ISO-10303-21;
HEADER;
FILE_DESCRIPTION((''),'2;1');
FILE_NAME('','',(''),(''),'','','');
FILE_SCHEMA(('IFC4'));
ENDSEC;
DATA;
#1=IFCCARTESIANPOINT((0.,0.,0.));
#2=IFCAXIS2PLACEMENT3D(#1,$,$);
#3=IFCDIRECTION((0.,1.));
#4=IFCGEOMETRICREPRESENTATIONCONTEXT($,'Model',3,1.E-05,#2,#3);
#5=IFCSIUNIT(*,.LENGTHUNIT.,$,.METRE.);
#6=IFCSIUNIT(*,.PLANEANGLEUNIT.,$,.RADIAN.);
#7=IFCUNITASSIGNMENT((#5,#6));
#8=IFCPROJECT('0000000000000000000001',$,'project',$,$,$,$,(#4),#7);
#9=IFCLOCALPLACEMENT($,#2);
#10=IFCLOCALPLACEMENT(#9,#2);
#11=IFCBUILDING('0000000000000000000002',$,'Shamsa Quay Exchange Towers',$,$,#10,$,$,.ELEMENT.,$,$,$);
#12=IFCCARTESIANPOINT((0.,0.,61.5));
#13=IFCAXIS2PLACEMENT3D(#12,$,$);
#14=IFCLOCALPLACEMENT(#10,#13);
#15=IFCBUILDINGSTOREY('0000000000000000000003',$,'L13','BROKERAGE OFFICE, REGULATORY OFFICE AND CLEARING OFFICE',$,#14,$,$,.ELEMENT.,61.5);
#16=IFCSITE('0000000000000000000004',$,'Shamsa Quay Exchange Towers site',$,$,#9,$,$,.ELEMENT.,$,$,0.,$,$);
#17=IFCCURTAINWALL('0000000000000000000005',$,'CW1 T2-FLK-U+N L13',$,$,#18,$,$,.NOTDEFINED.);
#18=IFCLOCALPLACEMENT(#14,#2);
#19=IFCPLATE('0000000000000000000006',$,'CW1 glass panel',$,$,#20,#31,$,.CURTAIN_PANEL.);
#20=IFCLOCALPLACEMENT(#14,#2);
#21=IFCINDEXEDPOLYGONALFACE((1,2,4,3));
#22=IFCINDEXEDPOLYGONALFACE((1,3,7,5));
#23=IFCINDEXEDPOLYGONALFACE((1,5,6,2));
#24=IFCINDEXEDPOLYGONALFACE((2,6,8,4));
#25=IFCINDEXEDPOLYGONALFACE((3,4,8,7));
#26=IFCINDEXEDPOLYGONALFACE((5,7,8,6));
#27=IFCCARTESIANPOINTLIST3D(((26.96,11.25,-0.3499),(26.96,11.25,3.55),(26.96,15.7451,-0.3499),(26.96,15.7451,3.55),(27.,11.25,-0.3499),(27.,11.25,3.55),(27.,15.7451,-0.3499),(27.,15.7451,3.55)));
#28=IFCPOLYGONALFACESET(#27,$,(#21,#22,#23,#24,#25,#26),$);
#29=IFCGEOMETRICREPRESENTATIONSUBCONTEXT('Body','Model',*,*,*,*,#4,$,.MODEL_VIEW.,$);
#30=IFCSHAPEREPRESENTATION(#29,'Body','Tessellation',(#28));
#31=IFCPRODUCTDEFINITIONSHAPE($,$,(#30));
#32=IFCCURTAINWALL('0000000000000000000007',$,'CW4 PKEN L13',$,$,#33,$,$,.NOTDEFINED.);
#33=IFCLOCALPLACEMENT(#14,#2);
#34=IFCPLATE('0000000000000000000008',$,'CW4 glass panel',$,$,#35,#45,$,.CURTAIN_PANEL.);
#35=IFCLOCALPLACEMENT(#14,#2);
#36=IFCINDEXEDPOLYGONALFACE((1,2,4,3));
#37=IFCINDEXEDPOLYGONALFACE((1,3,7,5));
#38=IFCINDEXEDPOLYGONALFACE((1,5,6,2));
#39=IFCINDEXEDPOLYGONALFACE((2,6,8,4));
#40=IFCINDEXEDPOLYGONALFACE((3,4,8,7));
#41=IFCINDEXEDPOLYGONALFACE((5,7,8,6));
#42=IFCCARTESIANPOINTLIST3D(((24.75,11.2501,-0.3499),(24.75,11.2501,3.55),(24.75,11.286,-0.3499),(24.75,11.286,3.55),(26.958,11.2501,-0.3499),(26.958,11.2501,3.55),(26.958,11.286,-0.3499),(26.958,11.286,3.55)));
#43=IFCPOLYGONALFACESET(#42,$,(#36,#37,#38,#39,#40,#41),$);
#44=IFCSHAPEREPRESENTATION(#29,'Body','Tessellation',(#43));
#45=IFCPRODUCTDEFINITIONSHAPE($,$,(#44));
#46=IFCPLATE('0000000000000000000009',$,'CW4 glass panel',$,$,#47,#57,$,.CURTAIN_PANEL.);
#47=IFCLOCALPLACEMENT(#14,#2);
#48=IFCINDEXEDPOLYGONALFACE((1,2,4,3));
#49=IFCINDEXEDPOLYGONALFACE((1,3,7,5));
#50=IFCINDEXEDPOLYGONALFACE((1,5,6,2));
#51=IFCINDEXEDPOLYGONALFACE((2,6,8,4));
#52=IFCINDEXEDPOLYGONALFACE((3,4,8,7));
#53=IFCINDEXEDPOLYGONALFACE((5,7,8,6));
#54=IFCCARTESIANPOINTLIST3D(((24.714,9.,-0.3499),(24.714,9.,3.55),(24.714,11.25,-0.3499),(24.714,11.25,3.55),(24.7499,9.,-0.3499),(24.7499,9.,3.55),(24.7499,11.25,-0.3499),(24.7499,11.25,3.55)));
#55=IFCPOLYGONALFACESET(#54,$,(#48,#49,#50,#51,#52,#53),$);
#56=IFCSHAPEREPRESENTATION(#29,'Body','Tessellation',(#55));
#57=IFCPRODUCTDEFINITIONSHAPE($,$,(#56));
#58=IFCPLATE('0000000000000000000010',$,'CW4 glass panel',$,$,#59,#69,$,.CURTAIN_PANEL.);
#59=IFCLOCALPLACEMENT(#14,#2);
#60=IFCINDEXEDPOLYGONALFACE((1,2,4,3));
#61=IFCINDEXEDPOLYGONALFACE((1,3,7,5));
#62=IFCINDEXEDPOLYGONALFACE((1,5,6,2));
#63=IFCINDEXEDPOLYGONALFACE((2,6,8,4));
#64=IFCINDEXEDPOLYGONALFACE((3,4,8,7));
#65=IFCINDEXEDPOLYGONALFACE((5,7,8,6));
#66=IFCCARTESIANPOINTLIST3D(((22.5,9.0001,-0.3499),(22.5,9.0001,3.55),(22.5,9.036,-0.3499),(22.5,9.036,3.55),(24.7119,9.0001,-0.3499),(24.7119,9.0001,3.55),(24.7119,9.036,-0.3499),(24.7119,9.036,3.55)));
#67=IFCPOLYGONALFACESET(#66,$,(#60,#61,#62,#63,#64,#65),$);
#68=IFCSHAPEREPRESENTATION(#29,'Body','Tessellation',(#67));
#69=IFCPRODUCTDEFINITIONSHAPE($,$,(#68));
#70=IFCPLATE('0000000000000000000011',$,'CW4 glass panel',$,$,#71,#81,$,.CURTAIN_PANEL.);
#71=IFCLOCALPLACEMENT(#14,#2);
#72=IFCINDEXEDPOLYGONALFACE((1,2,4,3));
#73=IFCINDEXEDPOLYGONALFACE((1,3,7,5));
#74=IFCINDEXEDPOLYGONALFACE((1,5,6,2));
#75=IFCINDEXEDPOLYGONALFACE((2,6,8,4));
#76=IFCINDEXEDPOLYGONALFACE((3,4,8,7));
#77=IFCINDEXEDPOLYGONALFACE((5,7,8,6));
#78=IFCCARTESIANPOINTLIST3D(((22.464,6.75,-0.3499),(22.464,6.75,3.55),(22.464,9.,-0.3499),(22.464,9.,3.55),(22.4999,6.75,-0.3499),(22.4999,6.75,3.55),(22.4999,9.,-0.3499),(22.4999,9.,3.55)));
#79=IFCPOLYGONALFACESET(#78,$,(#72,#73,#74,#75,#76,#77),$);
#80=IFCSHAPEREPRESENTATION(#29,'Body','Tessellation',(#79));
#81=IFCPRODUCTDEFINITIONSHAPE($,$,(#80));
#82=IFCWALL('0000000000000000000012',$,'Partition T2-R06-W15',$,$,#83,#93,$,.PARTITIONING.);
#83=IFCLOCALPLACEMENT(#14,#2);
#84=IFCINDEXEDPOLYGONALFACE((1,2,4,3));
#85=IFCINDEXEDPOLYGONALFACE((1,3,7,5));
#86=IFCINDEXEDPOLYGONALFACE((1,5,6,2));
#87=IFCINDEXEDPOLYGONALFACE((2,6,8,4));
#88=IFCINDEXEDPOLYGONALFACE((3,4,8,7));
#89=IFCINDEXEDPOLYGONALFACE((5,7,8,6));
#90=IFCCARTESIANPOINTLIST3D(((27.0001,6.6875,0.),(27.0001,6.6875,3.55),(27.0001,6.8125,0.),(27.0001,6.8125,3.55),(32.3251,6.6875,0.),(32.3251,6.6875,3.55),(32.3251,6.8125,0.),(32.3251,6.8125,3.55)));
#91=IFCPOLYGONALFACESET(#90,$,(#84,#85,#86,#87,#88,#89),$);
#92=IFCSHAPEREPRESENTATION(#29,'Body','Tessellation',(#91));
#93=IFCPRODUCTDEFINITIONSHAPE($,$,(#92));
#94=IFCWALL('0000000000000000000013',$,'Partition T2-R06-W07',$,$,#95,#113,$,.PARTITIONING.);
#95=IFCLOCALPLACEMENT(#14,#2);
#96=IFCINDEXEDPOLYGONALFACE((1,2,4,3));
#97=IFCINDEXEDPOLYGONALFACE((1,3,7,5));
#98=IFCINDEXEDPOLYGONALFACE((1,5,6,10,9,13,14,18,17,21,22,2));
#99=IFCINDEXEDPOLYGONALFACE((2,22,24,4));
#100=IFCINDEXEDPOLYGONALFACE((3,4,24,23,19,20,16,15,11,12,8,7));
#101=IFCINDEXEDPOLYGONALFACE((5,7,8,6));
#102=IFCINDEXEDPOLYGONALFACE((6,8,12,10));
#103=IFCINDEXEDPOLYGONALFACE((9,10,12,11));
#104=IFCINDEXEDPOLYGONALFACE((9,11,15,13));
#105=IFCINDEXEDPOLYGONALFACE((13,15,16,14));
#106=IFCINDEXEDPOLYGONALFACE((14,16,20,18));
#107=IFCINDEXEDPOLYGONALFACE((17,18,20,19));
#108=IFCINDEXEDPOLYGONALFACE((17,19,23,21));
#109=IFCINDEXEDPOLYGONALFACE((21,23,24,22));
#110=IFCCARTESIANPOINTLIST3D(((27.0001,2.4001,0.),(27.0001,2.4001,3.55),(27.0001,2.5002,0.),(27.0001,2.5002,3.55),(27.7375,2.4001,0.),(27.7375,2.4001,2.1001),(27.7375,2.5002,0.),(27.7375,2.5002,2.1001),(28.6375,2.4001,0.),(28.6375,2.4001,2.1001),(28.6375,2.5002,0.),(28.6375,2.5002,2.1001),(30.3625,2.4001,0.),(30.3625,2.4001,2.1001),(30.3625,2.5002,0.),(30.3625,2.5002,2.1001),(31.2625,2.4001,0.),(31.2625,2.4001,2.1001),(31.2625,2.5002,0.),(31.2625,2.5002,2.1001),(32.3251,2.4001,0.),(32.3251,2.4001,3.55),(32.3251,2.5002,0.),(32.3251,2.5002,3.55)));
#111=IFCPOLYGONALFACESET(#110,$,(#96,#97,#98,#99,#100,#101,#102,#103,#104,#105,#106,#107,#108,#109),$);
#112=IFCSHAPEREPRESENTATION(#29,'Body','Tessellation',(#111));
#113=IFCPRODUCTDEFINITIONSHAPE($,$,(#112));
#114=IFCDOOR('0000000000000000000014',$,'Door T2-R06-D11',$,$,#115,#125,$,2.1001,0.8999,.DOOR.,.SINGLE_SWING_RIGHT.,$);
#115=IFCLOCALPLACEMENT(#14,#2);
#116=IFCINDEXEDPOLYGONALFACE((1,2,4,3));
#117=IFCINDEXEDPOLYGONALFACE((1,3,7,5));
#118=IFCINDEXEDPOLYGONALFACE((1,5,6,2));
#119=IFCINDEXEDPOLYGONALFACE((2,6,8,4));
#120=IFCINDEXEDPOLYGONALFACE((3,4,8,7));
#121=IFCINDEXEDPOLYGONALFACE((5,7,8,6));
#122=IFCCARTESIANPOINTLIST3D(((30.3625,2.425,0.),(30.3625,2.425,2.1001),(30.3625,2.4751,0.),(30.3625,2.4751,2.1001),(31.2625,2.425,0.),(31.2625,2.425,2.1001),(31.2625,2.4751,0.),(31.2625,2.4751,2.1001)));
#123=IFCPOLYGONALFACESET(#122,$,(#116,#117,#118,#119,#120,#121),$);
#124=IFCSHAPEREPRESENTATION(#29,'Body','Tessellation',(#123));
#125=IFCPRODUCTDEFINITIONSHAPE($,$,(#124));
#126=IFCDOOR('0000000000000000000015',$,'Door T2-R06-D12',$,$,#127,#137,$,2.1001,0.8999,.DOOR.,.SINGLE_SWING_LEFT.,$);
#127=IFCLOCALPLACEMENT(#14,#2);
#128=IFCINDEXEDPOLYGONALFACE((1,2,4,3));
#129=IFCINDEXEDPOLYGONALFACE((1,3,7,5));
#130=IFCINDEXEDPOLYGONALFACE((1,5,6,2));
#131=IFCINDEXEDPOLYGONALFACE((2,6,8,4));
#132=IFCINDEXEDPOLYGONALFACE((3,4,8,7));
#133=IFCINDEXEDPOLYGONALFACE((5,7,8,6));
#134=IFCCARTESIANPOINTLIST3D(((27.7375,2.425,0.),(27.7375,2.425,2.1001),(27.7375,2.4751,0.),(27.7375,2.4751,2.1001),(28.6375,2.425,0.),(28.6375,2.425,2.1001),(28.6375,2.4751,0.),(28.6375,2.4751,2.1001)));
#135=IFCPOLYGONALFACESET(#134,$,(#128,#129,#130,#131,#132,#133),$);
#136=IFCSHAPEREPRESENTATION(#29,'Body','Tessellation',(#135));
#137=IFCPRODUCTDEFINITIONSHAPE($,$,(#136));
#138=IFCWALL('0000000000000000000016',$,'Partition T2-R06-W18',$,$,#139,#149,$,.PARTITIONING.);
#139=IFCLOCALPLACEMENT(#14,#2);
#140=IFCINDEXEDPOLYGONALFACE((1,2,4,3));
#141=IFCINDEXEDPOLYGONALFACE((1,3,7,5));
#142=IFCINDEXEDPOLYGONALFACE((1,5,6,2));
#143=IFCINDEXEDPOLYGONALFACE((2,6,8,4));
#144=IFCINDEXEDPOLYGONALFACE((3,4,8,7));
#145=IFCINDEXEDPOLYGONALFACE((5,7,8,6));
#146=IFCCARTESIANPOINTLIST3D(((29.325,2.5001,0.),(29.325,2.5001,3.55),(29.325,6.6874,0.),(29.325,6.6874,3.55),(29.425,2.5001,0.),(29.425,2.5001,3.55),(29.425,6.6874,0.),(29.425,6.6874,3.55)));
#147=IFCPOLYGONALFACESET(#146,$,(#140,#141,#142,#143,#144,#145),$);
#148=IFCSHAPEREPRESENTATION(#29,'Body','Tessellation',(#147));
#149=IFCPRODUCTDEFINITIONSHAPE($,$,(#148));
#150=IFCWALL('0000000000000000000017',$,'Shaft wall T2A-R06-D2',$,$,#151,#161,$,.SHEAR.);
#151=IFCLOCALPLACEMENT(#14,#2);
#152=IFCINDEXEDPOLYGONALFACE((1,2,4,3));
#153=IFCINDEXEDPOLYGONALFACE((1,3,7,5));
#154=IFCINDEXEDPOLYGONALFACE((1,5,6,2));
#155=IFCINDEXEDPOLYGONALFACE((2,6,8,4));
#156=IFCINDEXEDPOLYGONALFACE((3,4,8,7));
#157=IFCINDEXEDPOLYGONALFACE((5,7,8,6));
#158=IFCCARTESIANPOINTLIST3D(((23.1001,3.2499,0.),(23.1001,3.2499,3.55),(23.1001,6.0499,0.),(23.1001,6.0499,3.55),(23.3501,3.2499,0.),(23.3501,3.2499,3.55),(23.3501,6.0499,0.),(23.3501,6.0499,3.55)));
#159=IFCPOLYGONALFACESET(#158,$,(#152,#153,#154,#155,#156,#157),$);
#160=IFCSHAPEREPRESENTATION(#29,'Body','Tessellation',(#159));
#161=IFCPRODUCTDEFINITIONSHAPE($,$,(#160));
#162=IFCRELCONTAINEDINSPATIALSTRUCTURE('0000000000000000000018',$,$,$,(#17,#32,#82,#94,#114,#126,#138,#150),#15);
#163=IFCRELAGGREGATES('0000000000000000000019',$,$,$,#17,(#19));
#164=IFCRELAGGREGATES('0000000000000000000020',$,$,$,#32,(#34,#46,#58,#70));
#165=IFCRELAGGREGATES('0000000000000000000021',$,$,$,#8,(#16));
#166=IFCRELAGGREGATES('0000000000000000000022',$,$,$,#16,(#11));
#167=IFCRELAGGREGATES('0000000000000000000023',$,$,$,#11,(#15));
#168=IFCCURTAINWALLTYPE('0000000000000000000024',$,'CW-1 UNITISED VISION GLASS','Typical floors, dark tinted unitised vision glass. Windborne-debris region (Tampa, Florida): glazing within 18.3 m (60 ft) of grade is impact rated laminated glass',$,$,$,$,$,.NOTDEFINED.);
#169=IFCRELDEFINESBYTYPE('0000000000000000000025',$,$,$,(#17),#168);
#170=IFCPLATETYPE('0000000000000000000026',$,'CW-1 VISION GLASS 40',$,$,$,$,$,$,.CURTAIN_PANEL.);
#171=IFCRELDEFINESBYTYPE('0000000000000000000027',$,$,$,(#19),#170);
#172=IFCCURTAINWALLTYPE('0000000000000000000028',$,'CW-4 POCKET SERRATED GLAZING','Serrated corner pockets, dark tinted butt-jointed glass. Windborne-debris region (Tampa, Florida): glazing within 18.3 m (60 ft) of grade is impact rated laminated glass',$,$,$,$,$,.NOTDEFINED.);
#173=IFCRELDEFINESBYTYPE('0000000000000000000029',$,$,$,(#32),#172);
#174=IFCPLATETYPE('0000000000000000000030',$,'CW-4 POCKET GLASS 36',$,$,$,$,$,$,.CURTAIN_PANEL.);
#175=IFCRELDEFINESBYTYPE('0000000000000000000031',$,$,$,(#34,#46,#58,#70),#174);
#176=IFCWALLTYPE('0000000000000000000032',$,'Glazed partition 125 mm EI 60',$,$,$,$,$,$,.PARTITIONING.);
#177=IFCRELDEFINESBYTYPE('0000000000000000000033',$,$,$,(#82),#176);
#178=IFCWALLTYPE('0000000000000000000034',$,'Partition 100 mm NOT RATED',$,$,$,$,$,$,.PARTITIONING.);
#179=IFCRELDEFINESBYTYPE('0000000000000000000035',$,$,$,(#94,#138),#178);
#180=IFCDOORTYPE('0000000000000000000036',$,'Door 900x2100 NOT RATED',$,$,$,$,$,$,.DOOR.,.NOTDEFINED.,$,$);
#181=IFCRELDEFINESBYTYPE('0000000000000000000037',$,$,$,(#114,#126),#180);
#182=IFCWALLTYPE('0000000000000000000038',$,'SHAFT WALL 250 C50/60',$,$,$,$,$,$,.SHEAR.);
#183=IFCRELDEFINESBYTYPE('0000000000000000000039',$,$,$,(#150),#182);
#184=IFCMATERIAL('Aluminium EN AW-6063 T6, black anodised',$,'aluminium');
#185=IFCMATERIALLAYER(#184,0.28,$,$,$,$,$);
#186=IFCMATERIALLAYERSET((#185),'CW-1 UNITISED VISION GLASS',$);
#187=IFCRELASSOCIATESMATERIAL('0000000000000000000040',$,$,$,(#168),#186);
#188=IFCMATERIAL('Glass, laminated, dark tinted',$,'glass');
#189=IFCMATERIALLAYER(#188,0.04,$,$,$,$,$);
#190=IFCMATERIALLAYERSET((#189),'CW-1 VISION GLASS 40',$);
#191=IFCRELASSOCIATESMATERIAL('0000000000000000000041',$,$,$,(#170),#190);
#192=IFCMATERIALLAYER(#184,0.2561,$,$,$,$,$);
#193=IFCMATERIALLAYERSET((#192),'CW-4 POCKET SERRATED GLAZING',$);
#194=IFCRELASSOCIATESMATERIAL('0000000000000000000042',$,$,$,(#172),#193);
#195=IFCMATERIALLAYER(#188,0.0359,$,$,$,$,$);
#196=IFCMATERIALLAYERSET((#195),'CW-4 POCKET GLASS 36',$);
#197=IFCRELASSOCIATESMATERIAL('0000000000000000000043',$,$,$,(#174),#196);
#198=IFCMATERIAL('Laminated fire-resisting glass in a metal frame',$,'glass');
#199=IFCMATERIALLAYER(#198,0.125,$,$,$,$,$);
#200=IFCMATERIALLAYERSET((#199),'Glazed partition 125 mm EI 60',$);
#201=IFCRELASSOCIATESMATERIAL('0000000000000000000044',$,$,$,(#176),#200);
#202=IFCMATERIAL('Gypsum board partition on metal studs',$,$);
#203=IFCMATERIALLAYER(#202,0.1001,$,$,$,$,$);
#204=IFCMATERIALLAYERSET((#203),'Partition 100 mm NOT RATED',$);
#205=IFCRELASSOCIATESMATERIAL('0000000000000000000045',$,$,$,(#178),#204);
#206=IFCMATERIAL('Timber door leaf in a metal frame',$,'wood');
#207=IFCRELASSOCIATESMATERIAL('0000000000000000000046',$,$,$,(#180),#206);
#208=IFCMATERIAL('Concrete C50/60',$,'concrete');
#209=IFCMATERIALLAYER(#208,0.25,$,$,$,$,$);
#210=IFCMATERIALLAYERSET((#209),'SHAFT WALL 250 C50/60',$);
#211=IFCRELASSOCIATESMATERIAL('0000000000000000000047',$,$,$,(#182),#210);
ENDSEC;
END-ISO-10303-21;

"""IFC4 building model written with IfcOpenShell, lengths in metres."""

from ifc_helpers import new_model, si_unit, direction, frame, frame_2d, origin, origin_2d, place, context, subcontext, project, spatial, rectangle, extrude, material, layer, layer_set, type_object, element, fill, aggregate, save


model = new_model("IFC4")

# Units and contexts
model_context = context("Model", 3, precision=1e-05, world=origin(), true_north=direction((0.0, 1.0)))
body_context = subcontext(model_context, "Body", "Model", "MODEL_VIEW")
ifc_project = project(units=[si_unit("LENGTHUNIT", "METRE"), si_unit("PLANEANGLEUNIT", "RADIAN")], contexts=[model_context])

# Site, building, storey
site_placement = place(None, origin())
site = spatial("IfcSite", under=ifc_project, at=site_placement, Name="Shamsa Quay Exchange Towers site", CompositionType="ELEMENT", RefElevation=0.0)
building_placement = place(site_placement, origin())
building = spatial("IfcBuilding", under=site, at=building_placement, Name="Shamsa Quay Exchange Towers", CompositionType="ELEMENT")
storey_placement = place(building_placement, frame((0.0, 0.0, 61.5)))
storey = spatial("IfcBuildingStorey", under=building, at=storey_placement, Name="L13", Description="BROKERAGE OFFICE, REGULATORY OFFICE AND CLEARING OFFICE", CompositionType="ELEMENT", Elevation=61.5)

# Shared definitions
ifc_material_1 = material(Name="Aluminium EN AW-6063 T6, black anodised", Category="aluminium")
ifc_layer_1 = layer(ifc_material_1, 0.28)
ifc_layer_set_1 = layer_set([ifc_layer_1], Name="CW-1 UNITISED VISION GLASS")
curtain_wall_type_1 = type_object("IfcCurtainWallType", Name="CW-1 UNITISED VISION GLASS", Description="Typical floors, dark tinted unitised vision glass. Windborne-debris region (Tampa, Florida): glazing within 18.3 m (60 ft) of grade is impact rated laminated glass", PredefinedType="NOTDEFINED", material=ifc_layer_set_1)

# Curtain wall
curtain_wall_1_placement = place(storey_placement, origin())
curtain_wall_1 = element("IfcCurtainWall", 1, at=curtain_wall_1_placement, inside=storey, type_object=curtain_wall_type_1, Name="CW1 T2-FLK-U+N L13", PredefinedType="NOTDEFINED")

# Plate
ifc_material_2 = material(Name="Glass, laminated, dark tinted", Category="glass")
ifc_layer_2 = layer(ifc_material_2, 0.04)
ifc_layer_set_2 = layer_set([ifc_layer_2], Name="CW-1 VISION GLASS 40")
plate_type_1 = type_object("IfcPlateType", Name="CW-1 VISION GLASS 40", PredefinedType="CURTAIN_PANEL", material=ifc_layer_set_2)
plate_1_placement = place(storey_placement, frame((26.98, 13.4976, -0.3499), z_axis=(0.0, 0.0, 1.0), x_axis=(0.0, -1.0, 0.0)))
plate_1 = element("IfcPlate", 2, at=plate_1_placement, type_object=plate_type_1, Name="CW1 glass panel", PredefinedType="CURTAIN_PANEL", context=body_context, shape_type="SweptSolid", body=[
    extrude(rectangle(XDim=4.4951, YDim=0.04, at=origin_2d()), origin(), (0.0, 0.0, 1.0), 3.8999),
])
aggregate(curtain_wall_1, [plate_1])

# Curtain wall, plates
ifc_layer_3 = layer(ifc_material_1, 0.2561)
ifc_layer_set_3 = layer_set([ifc_layer_3], Name="CW-4 POCKET SERRATED GLAZING")
curtain_wall_type_2 = type_object("IfcCurtainWallType", Name="CW-4 POCKET SERRATED GLAZING", Description="Serrated corner pockets, dark tinted butt-jointed glass. Windborne-debris region (Tampa, Florida): glazing within 18.3 m (60 ft) of grade is impact rated laminated glass", PredefinedType="NOTDEFINED", material=ifc_layer_set_3)
curtain_wall_2_placement = place(storey_placement, origin())
curtain_wall_2 = element("IfcCurtainWall", 3, at=curtain_wall_2_placement, inside=storey, type_object=curtain_wall_type_2, Name="CW4 PKEN L13", PredefinedType="NOTDEFINED")
ifc_layer_4 = layer(ifc_material_2, 0.0359)
ifc_layer_set_4 = layer_set([ifc_layer_4], Name="CW-4 POCKET GLASS 36")
plate_type_2 = type_object("IfcPlateType", Name="CW-4 POCKET GLASS 36", PredefinedType="CURTAIN_PANEL", material=ifc_layer_set_4)
plate_2_placement = place(storey_placement, frame((25.854, 11.2681, -0.3499), z_axis=(0.0, 0.0, 1.0), x_axis=(-1.0, 0.0, 0.0)))
plate_2 = element("IfcPlate", 4, at=plate_2_placement, type_object=plate_type_2, Name="CW4 glass panel", PredefinedType="CURTAIN_PANEL", context=body_context, shape_type="SweptSolid", body=[
    extrude(rectangle(XDim=2.208, YDim=0.0359, at=origin_2d()), origin(), (0.0, 0.0, 1.0), 3.8999),
])
plate_3_placement = place(storey_placement, frame((24.7319, 10.125, -0.3499), z_axis=(0.0, 0.0, 1.0), x_axis=(0.0, -1.0, 0.0)))
plate_3 = element("IfcPlate", 5, at=plate_3_placement, type_object=plate_type_2, Name="CW4 glass panel", PredefinedType="CURTAIN_PANEL", context=body_context, shape_type="SweptSolid", body=[
    extrude(rectangle(XDim=2.25, YDim=0.0359, at=origin_2d()), origin(), (0.0, 0.0, 1.0), 3.8999),
])
plate_4_placement = place(storey_placement, frame((23.606, 9.0181, -0.3499), z_axis=(0.0, 0.0, 1.0), x_axis=(-1.0, 0.0, 0.0)))
plate_4 = element("IfcPlate", 6, at=plate_4_placement, type_object=plate_type_2, Name="CW4 glass panel", PredefinedType="CURTAIN_PANEL", context=body_context, shape_type="SweptSolid", body=[
    extrude(rectangle(XDim=2.2119, YDim=0.0359, at=origin_2d()), origin(), (0.0, 0.0, 1.0), 3.8999),
])
plate_5_placement = place(storey_placement, frame((22.4819, 7.875, -0.3499), z_axis=(0.0, 0.0, 1.0), x_axis=(0.0, -1.0, 0.0)))
plate_5 = element("IfcPlate", 7, at=plate_5_placement, type_object=plate_type_2, Name="CW4 glass panel", PredefinedType="CURTAIN_PANEL", context=body_context, shape_type="SweptSolid", body=[
    extrude(rectangle(XDim=2.25, YDim=0.0359, at=origin_2d()), origin(), (0.0, 0.0, 1.0), 3.8999),
])
aggregate(curtain_wall_2, [plate_2, plate_3, plate_4, plate_5])

# Wall
ifc_material_3 = material(Name="Laminated fire-resisting glass in a metal frame", Category="glass")
ifc_layer_5 = layer(ifc_material_3, 0.125)
ifc_layer_set_5 = layer_set([ifc_layer_5], Name="Glazed partition 125 mm EI 60")
wall_type_1 = type_object("IfcWallType", Name="Glazed partition 125 mm EI 60", PredefinedType="PARTITIONING", material=ifc_layer_set_5)
wall_1_placement = place(storey_placement, frame((27.0, 6.75, 0.0)))
element("IfcWall", 8, at=wall_1_placement, inside=storey, type_object=wall_type_1, Name="Partition T2-R06-W15", PredefinedType="PARTITIONING", context=body_context, shape_type="SweptSolid", body=[
    extrude(rectangle(XDim=5.325, YDim=0.125, at=frame_2d((2.6626, 0.0))), origin(), (0.0, 0.0, 1.0), 3.55),
])

# Wall, openings, doors
ifc_material_4 = material(Name="Gypsum board partition on metal studs")
ifc_layer_6 = layer(ifc_material_4, 0.1001)
ifc_layer_set_6 = layer_set([ifc_layer_6], Name="Partition 100 mm NOT RATED")
wall_type_2 = type_object("IfcWallType", Name="Partition 100 mm NOT RATED", PredefinedType="PARTITIONING", material=ifc_layer_set_6)
wall_2_placement = place(storey_placement, frame((27.0, 2.4502, 0.0)))
wall_2 = element("IfcWall", 9, at=wall_2_placement, inside=storey, type_object=wall_type_2, Name="Partition T2-R06-W07", PredefinedType="PARTITIONING", context=body_context, shape_type="SweptSolid", body=[
    extrude(rectangle(XDim=5.325, YDim=0.1001, at=frame_2d((2.6626, 0.0))), origin(), (0.0, 0.0, 1.0), 3.55),
])
opening_1_placement = place(wall_2_placement, frame((3.3625, 0.0, 0.0)))
opening_1 = element("IfcOpeningElement", 10, at=opening_1_placement, cuts=wall_2, PredefinedType="OPENING", context=body_context, shape_type="SweptSolid", body=[
    extrude(rectangle(XDim=0.8999, YDim=2.1001, at=frame_2d((0.45, 1.05))), frame((0.0, 0.0601, 0.0), z_axis=(0.0, -1.0, 0.0), x_axis=(1.0, 0.0, 0.0)), (0.0, 0.0, 1.0), 0.1201),
])
opening_2_placement = place(wall_2_placement, frame((0.7375, 0.0, 0.0)))
opening_2 = element("IfcOpeningElement", 11, at=opening_2_placement, cuts=wall_2, PredefinedType="OPENING", context=body_context, shape_type="SweptSolid", body=[
    extrude(rectangle(XDim=0.8999, YDim=2.1001, at=frame_2d((0.45, 1.05))), frame((0.0, 0.0601, 0.0), z_axis=(0.0, -1.0, 0.0), x_axis=(1.0, 0.0, 0.0)), (0.0, 0.0, 1.0), 0.1201),
])
ifc_material_5 = material(Name="Timber door leaf in a metal frame", Category="wood")
door_type_1 = type_object("IfcDoorType", Name="Door 900x2100 NOT RATED", OperationType="NOTDEFINED", PredefinedType="DOOR", material=ifc_material_5)
door_1_placement = place(opening_1_placement, origin())
door_1 = element("IfcDoor", 12, at=door_1_placement, inside=storey, type_object=door_type_1, Name="Door T2-R06-D11", OperationType="SINGLE_SWING_RIGHT", OverallHeight=2.1001, OverallWidth=0.8999, PredefinedType="DOOR", context=body_context, shape_type="SweptSolid", body=[
    extrude(rectangle(XDim=0.8999, YDim=2.1001, at=frame_2d((0.45, 1.05))), frame((0.0, 0.0249, 0.0), z_axis=(0.0, -1.0, 0.0), x_axis=(1.0, 0.0, 0.0)), (0.0, 0.0, 1.0), 0.05),
])
fill(opening_1, door_1)
door_2_placement = place(opening_2_placement, origin())
door_2 = element("IfcDoor", 13, at=door_2_placement, inside=storey, type_object=door_type_1, Name="Door T2-R06-D12", OperationType="SINGLE_SWING_LEFT", OverallHeight=2.1001, OverallWidth=0.8999, PredefinedType="DOOR", context=body_context, shape_type="SweptSolid", body=[
    extrude(rectangle(XDim=0.8999, YDim=2.1001, at=frame_2d((0.45, 1.05))), frame((0.0, 0.0249, 0.0), z_axis=(0.0, -1.0, 0.0), x_axis=(1.0, 0.0, 0.0)), (0.0, 0.0, 1.0), 0.05),
])
fill(opening_2, door_2)

# Walls
wall_3_placement = place(storey_placement, frame((29.375, 6.6875, 0.0), z_axis=(0.0, 0.0, 1.0), x_axis=(0.0, -1.0, 0.0)))
element("IfcWall", 14, at=wall_3_placement, inside=storey, type_object=wall_type_2, Name="Partition T2-R06-W18", PredefinedType="PARTITIONING", context=body_context, shape_type="SweptSolid", body=[
    extrude(rectangle(XDim=4.1873, YDim=0.1001, at=frame_2d((2.0938, 0.0))), origin(), (0.0, 0.0, 1.0), 3.55),
])
ifc_material_6 = material(Name="Concrete C50/60", Category="concrete")
ifc_layer_7 = layer(ifc_material_6, 0.25)
ifc_layer_set_7 = layer_set([ifc_layer_7], Name="SHAFT WALL 250 C50/60")
wall_type_3 = type_object("IfcWallType", Name="SHAFT WALL 250 C50/60", PredefinedType="SHEAR", material=ifc_layer_set_7)
wall_4_placement = place(storey_placement, frame((23.2251, 3.25, 0.0), z_axis=(0.0, 0.0, 1.0), x_axis=(0.0, 1.0, 0.0)))
element("IfcWall", 15, at=wall_4_placement, inside=storey, type_object=wall_type_3, Name="Shaft wall T2A-R06-D2", PredefinedType="SHEAR", context=body_context, shape_type="SweptSolid", body=[
    extrude(rectangle(XDim=2.8, YDim=0.25, at=frame_2d((1.3999, 0.0))), origin(), (0.0, 0.0, 1.0), 3.55),
])

save(model, "model.ifc")
